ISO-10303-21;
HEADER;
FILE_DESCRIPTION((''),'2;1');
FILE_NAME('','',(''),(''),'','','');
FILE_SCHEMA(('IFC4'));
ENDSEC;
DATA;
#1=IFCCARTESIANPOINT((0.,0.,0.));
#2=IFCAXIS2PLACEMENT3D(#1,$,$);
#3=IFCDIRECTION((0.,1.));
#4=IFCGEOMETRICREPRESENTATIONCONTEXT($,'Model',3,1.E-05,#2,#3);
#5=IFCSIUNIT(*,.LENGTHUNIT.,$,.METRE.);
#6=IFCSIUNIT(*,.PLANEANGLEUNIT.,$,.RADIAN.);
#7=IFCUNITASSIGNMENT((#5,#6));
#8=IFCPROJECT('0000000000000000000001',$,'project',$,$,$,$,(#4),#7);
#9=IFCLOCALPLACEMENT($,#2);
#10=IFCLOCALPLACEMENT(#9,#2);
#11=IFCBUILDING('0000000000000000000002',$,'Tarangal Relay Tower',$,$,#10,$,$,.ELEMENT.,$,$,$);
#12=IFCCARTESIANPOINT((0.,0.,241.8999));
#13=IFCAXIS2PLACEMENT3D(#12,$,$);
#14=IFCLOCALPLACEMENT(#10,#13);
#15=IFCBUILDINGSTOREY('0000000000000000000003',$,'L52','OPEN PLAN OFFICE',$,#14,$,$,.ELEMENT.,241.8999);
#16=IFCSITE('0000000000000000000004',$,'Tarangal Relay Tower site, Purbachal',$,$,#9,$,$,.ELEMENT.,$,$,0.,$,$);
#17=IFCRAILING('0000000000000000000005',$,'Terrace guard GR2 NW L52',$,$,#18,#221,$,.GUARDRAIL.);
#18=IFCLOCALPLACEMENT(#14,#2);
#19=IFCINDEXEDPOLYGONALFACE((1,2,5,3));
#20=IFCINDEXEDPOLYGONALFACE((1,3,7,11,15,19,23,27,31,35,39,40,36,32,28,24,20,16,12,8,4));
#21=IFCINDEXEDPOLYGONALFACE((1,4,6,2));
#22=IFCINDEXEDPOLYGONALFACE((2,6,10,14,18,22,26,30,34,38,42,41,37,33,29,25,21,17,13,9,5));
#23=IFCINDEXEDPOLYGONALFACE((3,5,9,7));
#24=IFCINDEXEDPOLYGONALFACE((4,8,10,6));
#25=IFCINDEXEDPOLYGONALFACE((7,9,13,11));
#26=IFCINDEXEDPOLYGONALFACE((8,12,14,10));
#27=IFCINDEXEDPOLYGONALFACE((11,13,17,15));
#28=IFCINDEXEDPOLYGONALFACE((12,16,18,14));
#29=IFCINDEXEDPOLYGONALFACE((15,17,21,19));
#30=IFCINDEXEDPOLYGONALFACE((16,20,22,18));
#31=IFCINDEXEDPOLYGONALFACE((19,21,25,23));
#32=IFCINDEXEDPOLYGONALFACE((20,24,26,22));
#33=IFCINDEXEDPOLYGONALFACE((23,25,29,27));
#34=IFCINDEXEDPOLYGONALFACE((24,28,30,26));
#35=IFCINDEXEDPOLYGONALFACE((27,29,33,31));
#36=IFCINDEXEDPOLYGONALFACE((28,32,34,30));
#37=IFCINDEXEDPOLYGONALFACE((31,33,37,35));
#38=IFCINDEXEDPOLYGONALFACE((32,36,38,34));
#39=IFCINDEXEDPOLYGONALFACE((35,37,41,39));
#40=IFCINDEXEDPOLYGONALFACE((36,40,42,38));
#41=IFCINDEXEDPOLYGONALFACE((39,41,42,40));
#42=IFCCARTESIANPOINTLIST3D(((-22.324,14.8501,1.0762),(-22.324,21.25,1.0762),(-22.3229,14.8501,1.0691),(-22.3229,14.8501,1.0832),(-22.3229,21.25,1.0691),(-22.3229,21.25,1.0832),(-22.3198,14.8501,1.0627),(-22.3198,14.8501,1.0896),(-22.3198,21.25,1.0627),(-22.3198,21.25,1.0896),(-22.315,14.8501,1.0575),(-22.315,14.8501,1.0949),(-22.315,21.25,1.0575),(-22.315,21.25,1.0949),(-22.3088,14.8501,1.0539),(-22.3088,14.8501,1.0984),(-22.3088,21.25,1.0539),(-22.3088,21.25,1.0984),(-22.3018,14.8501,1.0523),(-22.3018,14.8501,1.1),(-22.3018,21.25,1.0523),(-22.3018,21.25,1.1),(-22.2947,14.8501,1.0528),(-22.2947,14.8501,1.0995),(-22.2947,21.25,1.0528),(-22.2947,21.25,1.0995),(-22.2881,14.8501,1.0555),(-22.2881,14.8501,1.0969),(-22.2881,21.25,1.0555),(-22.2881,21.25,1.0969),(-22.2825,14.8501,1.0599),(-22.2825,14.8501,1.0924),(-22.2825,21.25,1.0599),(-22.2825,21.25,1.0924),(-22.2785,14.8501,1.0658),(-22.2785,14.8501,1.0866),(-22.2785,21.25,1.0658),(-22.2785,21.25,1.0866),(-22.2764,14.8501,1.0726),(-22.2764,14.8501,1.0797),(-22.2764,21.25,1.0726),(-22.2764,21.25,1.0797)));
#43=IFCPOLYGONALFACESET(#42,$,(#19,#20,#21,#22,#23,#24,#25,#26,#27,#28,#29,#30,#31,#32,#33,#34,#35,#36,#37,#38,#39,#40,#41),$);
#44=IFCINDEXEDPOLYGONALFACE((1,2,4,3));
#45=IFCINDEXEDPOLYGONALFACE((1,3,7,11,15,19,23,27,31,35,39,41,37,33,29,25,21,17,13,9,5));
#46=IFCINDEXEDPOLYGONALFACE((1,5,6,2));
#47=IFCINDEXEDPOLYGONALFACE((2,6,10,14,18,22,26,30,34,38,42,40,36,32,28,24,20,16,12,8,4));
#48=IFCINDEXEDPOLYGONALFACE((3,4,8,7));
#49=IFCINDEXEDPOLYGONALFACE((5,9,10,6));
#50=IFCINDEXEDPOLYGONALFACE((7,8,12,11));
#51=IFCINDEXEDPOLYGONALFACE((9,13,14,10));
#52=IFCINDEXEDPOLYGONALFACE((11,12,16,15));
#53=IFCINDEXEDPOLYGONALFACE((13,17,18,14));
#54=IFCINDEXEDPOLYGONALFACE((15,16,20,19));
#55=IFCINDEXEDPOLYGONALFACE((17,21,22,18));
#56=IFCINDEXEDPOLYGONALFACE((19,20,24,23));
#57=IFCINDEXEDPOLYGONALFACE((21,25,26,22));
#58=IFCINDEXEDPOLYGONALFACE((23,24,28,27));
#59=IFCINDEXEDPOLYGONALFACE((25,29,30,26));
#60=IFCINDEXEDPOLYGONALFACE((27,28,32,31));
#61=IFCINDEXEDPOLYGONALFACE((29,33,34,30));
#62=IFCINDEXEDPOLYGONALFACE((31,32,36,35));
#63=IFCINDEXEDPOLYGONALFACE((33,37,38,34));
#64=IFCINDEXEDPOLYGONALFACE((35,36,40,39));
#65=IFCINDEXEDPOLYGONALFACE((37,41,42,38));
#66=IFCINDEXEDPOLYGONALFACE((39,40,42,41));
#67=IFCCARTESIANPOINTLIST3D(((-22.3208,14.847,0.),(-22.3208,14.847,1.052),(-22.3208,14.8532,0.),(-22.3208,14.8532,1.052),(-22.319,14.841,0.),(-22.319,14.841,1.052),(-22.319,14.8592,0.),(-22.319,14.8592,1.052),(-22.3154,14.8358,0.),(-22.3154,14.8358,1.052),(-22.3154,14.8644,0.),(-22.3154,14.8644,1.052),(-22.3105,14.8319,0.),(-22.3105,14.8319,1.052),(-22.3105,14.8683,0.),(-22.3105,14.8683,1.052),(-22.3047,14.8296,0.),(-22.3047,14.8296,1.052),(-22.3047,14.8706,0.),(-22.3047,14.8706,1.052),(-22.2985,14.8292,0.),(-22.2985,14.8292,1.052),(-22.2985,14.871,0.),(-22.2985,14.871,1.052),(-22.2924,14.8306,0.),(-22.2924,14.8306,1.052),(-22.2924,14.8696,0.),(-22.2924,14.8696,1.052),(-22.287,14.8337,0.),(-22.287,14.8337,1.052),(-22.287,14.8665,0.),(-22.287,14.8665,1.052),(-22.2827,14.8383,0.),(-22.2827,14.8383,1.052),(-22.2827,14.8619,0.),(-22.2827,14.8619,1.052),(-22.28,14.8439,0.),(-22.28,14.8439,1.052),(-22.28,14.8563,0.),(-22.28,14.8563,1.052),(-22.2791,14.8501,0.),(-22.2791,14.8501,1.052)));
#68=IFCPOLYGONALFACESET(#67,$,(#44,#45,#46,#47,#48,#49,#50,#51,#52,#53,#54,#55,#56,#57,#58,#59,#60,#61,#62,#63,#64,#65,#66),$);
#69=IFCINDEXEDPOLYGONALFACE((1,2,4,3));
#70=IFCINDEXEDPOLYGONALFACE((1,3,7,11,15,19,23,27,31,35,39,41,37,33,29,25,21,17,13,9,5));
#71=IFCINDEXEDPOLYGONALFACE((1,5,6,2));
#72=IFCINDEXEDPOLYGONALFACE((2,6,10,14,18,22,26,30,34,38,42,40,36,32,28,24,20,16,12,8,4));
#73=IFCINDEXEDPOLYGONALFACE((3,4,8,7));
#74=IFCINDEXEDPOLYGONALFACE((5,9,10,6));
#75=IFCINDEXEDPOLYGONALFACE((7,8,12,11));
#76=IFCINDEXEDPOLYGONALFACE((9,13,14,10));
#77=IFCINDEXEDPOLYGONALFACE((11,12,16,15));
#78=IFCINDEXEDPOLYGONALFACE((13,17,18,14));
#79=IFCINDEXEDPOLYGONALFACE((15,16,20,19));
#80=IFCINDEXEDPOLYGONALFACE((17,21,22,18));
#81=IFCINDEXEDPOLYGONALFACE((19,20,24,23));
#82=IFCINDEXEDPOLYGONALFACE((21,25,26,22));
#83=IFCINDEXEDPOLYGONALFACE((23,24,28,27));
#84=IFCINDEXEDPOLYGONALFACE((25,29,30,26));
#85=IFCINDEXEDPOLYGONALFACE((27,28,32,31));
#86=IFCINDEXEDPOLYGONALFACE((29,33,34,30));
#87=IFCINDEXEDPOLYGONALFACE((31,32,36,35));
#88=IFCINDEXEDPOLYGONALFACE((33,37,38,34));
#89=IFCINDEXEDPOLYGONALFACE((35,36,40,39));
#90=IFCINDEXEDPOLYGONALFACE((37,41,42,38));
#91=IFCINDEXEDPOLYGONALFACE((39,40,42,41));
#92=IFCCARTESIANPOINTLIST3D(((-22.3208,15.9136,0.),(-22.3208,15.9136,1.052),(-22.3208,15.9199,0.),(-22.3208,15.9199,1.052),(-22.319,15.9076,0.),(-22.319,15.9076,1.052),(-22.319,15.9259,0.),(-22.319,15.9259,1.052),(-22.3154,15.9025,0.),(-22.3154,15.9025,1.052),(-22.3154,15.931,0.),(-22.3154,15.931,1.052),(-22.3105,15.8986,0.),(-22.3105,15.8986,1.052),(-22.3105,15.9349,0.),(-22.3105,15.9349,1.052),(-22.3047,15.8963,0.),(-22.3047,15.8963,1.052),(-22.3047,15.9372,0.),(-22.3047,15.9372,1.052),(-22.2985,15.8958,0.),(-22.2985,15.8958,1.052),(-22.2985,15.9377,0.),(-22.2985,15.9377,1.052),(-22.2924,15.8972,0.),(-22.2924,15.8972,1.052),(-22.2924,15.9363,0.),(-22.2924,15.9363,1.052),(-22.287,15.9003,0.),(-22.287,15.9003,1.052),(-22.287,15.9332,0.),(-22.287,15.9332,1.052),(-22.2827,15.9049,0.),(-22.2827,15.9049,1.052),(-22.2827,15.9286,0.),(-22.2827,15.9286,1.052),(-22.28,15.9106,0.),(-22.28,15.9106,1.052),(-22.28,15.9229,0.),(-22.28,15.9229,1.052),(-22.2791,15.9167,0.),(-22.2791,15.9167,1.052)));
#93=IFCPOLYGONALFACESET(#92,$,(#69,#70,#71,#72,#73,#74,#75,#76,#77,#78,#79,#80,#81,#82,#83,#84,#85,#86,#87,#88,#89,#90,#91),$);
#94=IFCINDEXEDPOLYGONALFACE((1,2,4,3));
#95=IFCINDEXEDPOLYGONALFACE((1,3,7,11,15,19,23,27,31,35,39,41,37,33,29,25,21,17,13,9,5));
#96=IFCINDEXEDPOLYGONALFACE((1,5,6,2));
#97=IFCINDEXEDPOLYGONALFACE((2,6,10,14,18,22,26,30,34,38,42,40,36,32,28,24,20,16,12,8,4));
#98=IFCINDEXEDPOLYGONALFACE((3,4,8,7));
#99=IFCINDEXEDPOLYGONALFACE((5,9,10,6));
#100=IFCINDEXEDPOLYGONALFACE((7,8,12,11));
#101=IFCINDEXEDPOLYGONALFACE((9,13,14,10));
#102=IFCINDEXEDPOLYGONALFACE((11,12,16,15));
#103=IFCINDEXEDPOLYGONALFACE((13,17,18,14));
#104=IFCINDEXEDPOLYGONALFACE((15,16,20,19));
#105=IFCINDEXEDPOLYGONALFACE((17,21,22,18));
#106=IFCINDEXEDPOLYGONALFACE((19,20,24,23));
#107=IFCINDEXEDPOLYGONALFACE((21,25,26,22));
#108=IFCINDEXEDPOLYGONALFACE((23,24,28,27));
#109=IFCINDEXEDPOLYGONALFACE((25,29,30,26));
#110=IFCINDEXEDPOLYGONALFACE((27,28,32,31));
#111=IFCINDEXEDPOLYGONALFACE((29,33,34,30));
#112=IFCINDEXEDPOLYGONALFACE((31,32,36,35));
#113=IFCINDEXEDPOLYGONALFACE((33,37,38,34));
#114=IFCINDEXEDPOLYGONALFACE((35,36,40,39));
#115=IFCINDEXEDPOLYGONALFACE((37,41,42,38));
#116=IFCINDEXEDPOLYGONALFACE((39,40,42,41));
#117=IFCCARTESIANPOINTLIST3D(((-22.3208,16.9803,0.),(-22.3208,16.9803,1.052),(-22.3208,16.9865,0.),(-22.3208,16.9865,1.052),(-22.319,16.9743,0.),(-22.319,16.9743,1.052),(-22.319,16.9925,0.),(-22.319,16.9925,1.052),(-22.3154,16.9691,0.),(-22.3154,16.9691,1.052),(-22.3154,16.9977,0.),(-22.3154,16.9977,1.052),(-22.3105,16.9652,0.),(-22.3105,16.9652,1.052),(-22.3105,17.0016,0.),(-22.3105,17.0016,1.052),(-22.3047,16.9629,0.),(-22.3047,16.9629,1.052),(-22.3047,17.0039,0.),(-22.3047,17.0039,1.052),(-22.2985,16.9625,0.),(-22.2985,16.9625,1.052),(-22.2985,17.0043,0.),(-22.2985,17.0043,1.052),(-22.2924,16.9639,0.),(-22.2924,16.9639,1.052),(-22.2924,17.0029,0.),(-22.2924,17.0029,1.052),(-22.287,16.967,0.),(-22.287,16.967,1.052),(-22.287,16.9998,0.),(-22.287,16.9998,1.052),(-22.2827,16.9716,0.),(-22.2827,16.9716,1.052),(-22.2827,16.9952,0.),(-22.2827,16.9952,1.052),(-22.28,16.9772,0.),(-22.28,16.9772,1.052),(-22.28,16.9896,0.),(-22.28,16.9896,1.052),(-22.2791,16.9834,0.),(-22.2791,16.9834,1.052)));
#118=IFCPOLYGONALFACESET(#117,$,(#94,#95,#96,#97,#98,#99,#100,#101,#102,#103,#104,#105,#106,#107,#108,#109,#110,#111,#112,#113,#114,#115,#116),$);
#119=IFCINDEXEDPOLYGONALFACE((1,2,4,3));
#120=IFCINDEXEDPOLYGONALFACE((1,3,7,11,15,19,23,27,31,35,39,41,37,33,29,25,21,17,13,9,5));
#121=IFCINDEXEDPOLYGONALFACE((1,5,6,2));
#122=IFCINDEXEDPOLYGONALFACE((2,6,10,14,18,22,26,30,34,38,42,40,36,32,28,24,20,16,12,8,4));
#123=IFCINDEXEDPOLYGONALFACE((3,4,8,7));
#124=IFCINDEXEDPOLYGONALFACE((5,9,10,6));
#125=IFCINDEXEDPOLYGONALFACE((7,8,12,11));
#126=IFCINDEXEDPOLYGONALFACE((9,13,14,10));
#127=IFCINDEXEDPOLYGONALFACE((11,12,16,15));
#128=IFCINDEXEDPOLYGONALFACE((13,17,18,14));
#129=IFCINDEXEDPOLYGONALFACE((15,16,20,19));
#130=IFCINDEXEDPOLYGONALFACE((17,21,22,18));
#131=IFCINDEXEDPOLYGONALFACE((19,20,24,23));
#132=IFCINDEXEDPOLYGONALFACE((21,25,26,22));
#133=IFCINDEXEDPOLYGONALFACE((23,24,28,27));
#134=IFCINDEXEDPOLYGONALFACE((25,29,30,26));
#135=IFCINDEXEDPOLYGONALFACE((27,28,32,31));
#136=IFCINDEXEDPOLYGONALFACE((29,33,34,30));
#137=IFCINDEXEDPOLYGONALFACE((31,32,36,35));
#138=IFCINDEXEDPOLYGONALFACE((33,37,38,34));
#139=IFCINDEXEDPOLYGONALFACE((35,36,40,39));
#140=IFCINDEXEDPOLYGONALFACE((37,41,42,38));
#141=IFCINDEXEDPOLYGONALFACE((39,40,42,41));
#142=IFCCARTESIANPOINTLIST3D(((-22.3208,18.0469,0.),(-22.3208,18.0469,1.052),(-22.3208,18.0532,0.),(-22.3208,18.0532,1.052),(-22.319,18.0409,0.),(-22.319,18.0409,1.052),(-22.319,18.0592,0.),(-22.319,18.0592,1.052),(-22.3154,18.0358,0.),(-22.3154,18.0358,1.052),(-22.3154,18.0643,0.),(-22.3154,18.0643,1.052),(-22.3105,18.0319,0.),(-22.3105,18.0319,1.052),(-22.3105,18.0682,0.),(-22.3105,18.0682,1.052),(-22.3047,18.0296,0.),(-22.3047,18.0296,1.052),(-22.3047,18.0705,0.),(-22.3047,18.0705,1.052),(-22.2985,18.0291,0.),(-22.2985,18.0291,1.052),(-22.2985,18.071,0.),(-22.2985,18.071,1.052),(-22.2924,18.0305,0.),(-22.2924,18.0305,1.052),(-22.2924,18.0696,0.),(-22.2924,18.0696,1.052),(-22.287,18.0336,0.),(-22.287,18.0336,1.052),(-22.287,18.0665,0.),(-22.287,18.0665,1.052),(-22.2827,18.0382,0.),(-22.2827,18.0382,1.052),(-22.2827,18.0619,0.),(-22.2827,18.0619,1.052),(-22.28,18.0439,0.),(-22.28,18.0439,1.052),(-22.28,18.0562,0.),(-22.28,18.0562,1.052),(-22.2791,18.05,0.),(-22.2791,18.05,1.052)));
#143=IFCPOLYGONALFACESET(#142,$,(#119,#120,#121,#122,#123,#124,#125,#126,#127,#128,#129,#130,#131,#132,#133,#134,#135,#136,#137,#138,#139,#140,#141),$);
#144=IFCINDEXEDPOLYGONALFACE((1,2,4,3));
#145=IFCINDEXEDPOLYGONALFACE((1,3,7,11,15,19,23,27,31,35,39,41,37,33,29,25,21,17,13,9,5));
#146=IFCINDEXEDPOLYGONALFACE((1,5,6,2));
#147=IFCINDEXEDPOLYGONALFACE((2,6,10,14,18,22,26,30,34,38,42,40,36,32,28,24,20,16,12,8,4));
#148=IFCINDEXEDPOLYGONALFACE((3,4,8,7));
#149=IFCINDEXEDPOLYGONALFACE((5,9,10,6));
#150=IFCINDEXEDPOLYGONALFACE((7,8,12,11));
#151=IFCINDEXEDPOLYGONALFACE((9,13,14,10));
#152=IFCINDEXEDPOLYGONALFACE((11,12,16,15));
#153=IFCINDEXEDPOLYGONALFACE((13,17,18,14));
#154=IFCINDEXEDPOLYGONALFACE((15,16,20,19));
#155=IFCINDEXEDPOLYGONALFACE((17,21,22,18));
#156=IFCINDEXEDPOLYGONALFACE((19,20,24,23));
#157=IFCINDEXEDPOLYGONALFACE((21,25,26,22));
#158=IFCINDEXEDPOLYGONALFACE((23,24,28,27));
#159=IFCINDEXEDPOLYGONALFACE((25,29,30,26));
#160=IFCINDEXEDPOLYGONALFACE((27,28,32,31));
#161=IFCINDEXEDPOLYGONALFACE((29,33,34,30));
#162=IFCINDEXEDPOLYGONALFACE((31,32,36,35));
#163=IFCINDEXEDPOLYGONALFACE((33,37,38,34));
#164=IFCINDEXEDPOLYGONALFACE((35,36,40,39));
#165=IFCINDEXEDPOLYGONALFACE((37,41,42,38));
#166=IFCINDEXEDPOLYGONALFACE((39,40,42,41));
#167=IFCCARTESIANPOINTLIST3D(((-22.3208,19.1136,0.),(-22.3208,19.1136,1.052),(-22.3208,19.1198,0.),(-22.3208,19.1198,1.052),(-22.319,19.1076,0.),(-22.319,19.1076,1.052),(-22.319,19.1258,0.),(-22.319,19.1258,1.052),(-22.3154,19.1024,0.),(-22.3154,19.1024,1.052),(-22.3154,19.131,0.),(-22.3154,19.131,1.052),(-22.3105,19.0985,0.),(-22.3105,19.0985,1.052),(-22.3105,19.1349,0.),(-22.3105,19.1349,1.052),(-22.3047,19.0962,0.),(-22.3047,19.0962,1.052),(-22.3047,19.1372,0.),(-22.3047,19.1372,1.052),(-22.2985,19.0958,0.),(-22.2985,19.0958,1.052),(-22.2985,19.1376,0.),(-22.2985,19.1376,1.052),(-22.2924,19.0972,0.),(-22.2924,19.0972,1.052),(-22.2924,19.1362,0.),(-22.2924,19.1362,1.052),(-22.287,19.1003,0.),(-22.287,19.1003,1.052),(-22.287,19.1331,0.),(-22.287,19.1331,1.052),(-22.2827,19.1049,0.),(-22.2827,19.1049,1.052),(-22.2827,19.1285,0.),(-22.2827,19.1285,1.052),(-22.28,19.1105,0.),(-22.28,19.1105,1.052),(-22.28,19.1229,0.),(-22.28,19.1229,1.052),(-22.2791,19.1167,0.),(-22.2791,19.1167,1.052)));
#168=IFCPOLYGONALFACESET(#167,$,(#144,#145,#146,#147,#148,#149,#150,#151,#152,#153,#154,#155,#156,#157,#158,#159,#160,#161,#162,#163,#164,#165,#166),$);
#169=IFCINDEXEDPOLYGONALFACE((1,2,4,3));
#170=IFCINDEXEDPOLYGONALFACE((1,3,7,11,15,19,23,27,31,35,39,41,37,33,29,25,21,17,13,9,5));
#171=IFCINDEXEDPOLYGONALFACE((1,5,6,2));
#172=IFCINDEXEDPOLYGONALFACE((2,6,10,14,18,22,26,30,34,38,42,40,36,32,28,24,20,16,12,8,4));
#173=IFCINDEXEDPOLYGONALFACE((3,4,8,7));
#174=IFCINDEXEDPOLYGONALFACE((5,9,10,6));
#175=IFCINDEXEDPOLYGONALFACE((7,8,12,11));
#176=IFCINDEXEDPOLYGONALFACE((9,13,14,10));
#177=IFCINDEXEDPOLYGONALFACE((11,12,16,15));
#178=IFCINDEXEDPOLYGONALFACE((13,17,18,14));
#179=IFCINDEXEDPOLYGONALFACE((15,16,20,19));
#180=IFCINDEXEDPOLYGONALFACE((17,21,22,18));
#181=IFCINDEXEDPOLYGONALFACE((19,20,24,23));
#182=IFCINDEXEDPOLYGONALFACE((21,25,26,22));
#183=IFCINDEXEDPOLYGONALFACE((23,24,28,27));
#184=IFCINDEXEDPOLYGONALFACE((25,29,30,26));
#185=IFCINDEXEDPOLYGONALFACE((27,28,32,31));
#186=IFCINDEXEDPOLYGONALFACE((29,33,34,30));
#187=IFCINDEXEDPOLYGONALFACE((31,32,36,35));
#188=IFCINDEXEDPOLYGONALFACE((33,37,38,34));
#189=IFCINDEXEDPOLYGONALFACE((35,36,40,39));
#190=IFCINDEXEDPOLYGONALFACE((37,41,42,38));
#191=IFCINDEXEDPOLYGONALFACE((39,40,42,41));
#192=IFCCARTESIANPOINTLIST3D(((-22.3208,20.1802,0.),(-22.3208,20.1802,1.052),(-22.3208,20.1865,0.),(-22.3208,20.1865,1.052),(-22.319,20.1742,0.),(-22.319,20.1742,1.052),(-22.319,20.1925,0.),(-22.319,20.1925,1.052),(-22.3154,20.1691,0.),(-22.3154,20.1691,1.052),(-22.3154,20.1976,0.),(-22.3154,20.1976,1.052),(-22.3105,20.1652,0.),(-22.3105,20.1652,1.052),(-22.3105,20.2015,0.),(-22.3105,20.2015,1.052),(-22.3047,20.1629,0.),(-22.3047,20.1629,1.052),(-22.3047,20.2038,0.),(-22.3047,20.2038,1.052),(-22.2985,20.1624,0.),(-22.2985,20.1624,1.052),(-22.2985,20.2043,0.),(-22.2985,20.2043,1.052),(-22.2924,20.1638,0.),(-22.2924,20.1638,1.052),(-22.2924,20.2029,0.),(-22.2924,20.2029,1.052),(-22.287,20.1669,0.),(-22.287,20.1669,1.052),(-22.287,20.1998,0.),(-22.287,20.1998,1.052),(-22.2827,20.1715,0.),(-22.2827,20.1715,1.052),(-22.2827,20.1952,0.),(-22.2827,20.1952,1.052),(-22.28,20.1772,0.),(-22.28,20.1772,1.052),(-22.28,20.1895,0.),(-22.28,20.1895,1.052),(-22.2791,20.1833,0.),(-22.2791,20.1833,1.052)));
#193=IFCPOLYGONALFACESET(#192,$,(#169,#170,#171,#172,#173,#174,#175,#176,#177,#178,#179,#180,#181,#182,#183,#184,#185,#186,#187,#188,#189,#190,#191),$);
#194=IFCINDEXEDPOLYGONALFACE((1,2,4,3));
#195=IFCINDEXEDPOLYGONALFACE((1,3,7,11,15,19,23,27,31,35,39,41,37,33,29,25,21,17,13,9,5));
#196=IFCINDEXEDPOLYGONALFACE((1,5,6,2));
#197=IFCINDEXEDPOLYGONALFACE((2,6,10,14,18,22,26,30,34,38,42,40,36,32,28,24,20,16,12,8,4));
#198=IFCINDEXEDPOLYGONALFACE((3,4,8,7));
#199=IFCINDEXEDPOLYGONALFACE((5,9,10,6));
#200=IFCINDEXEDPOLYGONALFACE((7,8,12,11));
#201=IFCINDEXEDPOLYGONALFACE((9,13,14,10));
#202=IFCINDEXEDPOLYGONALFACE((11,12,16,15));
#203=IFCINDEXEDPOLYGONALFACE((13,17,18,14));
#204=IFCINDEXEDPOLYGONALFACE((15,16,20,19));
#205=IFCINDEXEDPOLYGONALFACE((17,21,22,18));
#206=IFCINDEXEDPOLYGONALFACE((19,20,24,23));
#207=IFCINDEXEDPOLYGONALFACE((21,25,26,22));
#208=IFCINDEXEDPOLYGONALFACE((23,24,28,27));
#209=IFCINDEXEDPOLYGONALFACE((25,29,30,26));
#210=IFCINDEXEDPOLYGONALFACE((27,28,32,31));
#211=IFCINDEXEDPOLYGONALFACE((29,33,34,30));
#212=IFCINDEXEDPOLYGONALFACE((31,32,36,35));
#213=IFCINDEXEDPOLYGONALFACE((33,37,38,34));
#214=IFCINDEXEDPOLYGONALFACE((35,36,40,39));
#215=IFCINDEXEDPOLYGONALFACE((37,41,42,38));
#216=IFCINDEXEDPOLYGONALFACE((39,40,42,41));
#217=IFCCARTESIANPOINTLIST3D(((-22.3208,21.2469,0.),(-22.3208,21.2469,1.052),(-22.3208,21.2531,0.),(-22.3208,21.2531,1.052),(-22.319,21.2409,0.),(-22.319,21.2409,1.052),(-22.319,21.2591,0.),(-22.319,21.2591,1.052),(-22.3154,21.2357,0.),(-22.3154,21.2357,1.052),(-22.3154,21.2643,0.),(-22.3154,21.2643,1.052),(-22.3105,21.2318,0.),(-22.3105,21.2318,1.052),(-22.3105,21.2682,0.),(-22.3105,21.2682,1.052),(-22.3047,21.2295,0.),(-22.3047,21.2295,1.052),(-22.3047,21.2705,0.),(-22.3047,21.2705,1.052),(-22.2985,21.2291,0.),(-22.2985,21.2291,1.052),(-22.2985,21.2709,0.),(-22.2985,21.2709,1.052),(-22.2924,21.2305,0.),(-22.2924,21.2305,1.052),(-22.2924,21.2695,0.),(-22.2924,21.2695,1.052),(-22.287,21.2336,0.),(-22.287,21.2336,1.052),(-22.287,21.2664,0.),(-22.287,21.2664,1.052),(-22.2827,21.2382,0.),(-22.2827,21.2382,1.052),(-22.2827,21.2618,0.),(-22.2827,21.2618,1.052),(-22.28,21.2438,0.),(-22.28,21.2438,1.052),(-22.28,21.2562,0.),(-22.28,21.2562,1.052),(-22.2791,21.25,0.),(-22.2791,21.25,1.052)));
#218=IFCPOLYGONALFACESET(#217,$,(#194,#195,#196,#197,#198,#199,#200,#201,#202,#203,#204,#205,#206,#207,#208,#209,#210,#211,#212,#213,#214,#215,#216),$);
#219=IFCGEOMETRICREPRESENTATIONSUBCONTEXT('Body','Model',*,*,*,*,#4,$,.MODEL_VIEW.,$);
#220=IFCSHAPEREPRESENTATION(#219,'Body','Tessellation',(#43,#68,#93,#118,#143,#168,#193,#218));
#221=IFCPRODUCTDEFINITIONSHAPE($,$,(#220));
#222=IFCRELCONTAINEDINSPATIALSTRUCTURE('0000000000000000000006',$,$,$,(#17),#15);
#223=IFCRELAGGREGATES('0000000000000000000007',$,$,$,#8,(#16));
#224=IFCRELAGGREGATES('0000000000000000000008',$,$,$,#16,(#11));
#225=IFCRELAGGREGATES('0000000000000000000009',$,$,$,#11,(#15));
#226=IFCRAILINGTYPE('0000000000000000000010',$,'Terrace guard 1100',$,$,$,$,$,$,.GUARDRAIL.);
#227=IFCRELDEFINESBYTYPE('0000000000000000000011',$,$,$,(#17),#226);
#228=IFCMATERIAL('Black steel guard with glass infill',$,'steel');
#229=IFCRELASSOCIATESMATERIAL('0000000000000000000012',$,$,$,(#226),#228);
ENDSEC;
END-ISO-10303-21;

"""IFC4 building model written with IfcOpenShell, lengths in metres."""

from ifc_helpers import new_model, si_unit, direction, frame, origin, origin_2d, place, context, subcontext, project, spatial, circle, extrude, material, type_object, element, save


model = new_model("IFC4")

# Units and contexts
model_context = context("Model", 3, precision=1e-05, world=origin(), true_north=direction((0.0, 1.0)))
body_context = subcontext(model_context, "Body", "Model", "MODEL_VIEW")
ifc_project = project(units=[si_unit("LENGTHUNIT", "METRE"), si_unit("PLANEANGLEUNIT", "RADIAN")], contexts=[model_context])

# Site, building, storey
site_placement = place(None, origin())
site = spatial("IfcSite", under=ifc_project, at=site_placement, Name="Tarangal Relay Tower site, Purbachal", CompositionType="ELEMENT", RefElevation=0.0)
building_placement = place(site_placement, origin())
building = spatial("IfcBuilding", under=site, at=building_placement, Name="Tarangal Relay Tower", CompositionType="ELEMENT")
storey_placement = place(building_placement, frame((0.0, 0.0, 241.8999)))
storey = spatial("IfcBuildingStorey", under=building, at=storey_placement, Name="L52", Description="OPEN PLAN OFFICE", CompositionType="ELEMENT", Elevation=241.8999)

# Railing
ifc_material_1 = material(Name="Black steel guard with glass infill", Category="steel")
railing_type = type_object("IfcRailingType", Name="Terrace guard 1100", PredefinedType="GUARDRAIL", material=ifc_material_1)
railing_1_placement = place(storey_placement, frame((-22.3, 14.8501, 0.0)))
element("IfcRailing", 1, at=railing_1_placement, inside=storey, type_object=railing_type, Name="Terrace guard GR2 NW L52", PredefinedType="GUARDRAIL", context=body_context, shape_type="SweptSolid", body=[
    extrude(circle(Radius=0.0239, at=origin_2d()), frame((0.0, 0.0, 1.0762), z_axis=(0.0, 1.0, 0.0), x_axis=(-1.0, 0.0, 0.0)), (0.0, 0.0, 1.0), 6.3999),
    extrude(circle(Radius=0.021, at=origin_2d()), origin(), (0.0, 0.0, 1.0), 1.052),
    extrude(circle(Radius=0.021, at=origin_2d()), frame((0.0, 1.0667, 0.0)), (0.0, 0.0, 1.0), 1.052),
    extrude(circle(Radius=0.021, at=origin_2d()), frame((0.0, 2.1333, 0.0)), (0.0, 0.0, 1.0), 1.052),
    extrude(circle(Radius=0.021, at=origin_2d()), frame((0.0, 3.2, 0.0)), (0.0, 0.0, 1.0), 1.052),
    extrude(circle(Radius=0.021, at=origin_2d()), frame((0.0, 4.2666, 0.0)), (0.0, 0.0, 1.0), 1.052),
    extrude(circle(Radius=0.021, at=origin_2d()), frame((0.0, 5.3333, 0.0)), (0.0, 0.0, 1.0), 1.052),
    extrude(circle(Radius=0.021, at=origin_2d()), frame((0.0, 6.3999, 0.0)), (0.0, 0.0, 1.0), 1.052),
])

save(model, "model.ifc")
